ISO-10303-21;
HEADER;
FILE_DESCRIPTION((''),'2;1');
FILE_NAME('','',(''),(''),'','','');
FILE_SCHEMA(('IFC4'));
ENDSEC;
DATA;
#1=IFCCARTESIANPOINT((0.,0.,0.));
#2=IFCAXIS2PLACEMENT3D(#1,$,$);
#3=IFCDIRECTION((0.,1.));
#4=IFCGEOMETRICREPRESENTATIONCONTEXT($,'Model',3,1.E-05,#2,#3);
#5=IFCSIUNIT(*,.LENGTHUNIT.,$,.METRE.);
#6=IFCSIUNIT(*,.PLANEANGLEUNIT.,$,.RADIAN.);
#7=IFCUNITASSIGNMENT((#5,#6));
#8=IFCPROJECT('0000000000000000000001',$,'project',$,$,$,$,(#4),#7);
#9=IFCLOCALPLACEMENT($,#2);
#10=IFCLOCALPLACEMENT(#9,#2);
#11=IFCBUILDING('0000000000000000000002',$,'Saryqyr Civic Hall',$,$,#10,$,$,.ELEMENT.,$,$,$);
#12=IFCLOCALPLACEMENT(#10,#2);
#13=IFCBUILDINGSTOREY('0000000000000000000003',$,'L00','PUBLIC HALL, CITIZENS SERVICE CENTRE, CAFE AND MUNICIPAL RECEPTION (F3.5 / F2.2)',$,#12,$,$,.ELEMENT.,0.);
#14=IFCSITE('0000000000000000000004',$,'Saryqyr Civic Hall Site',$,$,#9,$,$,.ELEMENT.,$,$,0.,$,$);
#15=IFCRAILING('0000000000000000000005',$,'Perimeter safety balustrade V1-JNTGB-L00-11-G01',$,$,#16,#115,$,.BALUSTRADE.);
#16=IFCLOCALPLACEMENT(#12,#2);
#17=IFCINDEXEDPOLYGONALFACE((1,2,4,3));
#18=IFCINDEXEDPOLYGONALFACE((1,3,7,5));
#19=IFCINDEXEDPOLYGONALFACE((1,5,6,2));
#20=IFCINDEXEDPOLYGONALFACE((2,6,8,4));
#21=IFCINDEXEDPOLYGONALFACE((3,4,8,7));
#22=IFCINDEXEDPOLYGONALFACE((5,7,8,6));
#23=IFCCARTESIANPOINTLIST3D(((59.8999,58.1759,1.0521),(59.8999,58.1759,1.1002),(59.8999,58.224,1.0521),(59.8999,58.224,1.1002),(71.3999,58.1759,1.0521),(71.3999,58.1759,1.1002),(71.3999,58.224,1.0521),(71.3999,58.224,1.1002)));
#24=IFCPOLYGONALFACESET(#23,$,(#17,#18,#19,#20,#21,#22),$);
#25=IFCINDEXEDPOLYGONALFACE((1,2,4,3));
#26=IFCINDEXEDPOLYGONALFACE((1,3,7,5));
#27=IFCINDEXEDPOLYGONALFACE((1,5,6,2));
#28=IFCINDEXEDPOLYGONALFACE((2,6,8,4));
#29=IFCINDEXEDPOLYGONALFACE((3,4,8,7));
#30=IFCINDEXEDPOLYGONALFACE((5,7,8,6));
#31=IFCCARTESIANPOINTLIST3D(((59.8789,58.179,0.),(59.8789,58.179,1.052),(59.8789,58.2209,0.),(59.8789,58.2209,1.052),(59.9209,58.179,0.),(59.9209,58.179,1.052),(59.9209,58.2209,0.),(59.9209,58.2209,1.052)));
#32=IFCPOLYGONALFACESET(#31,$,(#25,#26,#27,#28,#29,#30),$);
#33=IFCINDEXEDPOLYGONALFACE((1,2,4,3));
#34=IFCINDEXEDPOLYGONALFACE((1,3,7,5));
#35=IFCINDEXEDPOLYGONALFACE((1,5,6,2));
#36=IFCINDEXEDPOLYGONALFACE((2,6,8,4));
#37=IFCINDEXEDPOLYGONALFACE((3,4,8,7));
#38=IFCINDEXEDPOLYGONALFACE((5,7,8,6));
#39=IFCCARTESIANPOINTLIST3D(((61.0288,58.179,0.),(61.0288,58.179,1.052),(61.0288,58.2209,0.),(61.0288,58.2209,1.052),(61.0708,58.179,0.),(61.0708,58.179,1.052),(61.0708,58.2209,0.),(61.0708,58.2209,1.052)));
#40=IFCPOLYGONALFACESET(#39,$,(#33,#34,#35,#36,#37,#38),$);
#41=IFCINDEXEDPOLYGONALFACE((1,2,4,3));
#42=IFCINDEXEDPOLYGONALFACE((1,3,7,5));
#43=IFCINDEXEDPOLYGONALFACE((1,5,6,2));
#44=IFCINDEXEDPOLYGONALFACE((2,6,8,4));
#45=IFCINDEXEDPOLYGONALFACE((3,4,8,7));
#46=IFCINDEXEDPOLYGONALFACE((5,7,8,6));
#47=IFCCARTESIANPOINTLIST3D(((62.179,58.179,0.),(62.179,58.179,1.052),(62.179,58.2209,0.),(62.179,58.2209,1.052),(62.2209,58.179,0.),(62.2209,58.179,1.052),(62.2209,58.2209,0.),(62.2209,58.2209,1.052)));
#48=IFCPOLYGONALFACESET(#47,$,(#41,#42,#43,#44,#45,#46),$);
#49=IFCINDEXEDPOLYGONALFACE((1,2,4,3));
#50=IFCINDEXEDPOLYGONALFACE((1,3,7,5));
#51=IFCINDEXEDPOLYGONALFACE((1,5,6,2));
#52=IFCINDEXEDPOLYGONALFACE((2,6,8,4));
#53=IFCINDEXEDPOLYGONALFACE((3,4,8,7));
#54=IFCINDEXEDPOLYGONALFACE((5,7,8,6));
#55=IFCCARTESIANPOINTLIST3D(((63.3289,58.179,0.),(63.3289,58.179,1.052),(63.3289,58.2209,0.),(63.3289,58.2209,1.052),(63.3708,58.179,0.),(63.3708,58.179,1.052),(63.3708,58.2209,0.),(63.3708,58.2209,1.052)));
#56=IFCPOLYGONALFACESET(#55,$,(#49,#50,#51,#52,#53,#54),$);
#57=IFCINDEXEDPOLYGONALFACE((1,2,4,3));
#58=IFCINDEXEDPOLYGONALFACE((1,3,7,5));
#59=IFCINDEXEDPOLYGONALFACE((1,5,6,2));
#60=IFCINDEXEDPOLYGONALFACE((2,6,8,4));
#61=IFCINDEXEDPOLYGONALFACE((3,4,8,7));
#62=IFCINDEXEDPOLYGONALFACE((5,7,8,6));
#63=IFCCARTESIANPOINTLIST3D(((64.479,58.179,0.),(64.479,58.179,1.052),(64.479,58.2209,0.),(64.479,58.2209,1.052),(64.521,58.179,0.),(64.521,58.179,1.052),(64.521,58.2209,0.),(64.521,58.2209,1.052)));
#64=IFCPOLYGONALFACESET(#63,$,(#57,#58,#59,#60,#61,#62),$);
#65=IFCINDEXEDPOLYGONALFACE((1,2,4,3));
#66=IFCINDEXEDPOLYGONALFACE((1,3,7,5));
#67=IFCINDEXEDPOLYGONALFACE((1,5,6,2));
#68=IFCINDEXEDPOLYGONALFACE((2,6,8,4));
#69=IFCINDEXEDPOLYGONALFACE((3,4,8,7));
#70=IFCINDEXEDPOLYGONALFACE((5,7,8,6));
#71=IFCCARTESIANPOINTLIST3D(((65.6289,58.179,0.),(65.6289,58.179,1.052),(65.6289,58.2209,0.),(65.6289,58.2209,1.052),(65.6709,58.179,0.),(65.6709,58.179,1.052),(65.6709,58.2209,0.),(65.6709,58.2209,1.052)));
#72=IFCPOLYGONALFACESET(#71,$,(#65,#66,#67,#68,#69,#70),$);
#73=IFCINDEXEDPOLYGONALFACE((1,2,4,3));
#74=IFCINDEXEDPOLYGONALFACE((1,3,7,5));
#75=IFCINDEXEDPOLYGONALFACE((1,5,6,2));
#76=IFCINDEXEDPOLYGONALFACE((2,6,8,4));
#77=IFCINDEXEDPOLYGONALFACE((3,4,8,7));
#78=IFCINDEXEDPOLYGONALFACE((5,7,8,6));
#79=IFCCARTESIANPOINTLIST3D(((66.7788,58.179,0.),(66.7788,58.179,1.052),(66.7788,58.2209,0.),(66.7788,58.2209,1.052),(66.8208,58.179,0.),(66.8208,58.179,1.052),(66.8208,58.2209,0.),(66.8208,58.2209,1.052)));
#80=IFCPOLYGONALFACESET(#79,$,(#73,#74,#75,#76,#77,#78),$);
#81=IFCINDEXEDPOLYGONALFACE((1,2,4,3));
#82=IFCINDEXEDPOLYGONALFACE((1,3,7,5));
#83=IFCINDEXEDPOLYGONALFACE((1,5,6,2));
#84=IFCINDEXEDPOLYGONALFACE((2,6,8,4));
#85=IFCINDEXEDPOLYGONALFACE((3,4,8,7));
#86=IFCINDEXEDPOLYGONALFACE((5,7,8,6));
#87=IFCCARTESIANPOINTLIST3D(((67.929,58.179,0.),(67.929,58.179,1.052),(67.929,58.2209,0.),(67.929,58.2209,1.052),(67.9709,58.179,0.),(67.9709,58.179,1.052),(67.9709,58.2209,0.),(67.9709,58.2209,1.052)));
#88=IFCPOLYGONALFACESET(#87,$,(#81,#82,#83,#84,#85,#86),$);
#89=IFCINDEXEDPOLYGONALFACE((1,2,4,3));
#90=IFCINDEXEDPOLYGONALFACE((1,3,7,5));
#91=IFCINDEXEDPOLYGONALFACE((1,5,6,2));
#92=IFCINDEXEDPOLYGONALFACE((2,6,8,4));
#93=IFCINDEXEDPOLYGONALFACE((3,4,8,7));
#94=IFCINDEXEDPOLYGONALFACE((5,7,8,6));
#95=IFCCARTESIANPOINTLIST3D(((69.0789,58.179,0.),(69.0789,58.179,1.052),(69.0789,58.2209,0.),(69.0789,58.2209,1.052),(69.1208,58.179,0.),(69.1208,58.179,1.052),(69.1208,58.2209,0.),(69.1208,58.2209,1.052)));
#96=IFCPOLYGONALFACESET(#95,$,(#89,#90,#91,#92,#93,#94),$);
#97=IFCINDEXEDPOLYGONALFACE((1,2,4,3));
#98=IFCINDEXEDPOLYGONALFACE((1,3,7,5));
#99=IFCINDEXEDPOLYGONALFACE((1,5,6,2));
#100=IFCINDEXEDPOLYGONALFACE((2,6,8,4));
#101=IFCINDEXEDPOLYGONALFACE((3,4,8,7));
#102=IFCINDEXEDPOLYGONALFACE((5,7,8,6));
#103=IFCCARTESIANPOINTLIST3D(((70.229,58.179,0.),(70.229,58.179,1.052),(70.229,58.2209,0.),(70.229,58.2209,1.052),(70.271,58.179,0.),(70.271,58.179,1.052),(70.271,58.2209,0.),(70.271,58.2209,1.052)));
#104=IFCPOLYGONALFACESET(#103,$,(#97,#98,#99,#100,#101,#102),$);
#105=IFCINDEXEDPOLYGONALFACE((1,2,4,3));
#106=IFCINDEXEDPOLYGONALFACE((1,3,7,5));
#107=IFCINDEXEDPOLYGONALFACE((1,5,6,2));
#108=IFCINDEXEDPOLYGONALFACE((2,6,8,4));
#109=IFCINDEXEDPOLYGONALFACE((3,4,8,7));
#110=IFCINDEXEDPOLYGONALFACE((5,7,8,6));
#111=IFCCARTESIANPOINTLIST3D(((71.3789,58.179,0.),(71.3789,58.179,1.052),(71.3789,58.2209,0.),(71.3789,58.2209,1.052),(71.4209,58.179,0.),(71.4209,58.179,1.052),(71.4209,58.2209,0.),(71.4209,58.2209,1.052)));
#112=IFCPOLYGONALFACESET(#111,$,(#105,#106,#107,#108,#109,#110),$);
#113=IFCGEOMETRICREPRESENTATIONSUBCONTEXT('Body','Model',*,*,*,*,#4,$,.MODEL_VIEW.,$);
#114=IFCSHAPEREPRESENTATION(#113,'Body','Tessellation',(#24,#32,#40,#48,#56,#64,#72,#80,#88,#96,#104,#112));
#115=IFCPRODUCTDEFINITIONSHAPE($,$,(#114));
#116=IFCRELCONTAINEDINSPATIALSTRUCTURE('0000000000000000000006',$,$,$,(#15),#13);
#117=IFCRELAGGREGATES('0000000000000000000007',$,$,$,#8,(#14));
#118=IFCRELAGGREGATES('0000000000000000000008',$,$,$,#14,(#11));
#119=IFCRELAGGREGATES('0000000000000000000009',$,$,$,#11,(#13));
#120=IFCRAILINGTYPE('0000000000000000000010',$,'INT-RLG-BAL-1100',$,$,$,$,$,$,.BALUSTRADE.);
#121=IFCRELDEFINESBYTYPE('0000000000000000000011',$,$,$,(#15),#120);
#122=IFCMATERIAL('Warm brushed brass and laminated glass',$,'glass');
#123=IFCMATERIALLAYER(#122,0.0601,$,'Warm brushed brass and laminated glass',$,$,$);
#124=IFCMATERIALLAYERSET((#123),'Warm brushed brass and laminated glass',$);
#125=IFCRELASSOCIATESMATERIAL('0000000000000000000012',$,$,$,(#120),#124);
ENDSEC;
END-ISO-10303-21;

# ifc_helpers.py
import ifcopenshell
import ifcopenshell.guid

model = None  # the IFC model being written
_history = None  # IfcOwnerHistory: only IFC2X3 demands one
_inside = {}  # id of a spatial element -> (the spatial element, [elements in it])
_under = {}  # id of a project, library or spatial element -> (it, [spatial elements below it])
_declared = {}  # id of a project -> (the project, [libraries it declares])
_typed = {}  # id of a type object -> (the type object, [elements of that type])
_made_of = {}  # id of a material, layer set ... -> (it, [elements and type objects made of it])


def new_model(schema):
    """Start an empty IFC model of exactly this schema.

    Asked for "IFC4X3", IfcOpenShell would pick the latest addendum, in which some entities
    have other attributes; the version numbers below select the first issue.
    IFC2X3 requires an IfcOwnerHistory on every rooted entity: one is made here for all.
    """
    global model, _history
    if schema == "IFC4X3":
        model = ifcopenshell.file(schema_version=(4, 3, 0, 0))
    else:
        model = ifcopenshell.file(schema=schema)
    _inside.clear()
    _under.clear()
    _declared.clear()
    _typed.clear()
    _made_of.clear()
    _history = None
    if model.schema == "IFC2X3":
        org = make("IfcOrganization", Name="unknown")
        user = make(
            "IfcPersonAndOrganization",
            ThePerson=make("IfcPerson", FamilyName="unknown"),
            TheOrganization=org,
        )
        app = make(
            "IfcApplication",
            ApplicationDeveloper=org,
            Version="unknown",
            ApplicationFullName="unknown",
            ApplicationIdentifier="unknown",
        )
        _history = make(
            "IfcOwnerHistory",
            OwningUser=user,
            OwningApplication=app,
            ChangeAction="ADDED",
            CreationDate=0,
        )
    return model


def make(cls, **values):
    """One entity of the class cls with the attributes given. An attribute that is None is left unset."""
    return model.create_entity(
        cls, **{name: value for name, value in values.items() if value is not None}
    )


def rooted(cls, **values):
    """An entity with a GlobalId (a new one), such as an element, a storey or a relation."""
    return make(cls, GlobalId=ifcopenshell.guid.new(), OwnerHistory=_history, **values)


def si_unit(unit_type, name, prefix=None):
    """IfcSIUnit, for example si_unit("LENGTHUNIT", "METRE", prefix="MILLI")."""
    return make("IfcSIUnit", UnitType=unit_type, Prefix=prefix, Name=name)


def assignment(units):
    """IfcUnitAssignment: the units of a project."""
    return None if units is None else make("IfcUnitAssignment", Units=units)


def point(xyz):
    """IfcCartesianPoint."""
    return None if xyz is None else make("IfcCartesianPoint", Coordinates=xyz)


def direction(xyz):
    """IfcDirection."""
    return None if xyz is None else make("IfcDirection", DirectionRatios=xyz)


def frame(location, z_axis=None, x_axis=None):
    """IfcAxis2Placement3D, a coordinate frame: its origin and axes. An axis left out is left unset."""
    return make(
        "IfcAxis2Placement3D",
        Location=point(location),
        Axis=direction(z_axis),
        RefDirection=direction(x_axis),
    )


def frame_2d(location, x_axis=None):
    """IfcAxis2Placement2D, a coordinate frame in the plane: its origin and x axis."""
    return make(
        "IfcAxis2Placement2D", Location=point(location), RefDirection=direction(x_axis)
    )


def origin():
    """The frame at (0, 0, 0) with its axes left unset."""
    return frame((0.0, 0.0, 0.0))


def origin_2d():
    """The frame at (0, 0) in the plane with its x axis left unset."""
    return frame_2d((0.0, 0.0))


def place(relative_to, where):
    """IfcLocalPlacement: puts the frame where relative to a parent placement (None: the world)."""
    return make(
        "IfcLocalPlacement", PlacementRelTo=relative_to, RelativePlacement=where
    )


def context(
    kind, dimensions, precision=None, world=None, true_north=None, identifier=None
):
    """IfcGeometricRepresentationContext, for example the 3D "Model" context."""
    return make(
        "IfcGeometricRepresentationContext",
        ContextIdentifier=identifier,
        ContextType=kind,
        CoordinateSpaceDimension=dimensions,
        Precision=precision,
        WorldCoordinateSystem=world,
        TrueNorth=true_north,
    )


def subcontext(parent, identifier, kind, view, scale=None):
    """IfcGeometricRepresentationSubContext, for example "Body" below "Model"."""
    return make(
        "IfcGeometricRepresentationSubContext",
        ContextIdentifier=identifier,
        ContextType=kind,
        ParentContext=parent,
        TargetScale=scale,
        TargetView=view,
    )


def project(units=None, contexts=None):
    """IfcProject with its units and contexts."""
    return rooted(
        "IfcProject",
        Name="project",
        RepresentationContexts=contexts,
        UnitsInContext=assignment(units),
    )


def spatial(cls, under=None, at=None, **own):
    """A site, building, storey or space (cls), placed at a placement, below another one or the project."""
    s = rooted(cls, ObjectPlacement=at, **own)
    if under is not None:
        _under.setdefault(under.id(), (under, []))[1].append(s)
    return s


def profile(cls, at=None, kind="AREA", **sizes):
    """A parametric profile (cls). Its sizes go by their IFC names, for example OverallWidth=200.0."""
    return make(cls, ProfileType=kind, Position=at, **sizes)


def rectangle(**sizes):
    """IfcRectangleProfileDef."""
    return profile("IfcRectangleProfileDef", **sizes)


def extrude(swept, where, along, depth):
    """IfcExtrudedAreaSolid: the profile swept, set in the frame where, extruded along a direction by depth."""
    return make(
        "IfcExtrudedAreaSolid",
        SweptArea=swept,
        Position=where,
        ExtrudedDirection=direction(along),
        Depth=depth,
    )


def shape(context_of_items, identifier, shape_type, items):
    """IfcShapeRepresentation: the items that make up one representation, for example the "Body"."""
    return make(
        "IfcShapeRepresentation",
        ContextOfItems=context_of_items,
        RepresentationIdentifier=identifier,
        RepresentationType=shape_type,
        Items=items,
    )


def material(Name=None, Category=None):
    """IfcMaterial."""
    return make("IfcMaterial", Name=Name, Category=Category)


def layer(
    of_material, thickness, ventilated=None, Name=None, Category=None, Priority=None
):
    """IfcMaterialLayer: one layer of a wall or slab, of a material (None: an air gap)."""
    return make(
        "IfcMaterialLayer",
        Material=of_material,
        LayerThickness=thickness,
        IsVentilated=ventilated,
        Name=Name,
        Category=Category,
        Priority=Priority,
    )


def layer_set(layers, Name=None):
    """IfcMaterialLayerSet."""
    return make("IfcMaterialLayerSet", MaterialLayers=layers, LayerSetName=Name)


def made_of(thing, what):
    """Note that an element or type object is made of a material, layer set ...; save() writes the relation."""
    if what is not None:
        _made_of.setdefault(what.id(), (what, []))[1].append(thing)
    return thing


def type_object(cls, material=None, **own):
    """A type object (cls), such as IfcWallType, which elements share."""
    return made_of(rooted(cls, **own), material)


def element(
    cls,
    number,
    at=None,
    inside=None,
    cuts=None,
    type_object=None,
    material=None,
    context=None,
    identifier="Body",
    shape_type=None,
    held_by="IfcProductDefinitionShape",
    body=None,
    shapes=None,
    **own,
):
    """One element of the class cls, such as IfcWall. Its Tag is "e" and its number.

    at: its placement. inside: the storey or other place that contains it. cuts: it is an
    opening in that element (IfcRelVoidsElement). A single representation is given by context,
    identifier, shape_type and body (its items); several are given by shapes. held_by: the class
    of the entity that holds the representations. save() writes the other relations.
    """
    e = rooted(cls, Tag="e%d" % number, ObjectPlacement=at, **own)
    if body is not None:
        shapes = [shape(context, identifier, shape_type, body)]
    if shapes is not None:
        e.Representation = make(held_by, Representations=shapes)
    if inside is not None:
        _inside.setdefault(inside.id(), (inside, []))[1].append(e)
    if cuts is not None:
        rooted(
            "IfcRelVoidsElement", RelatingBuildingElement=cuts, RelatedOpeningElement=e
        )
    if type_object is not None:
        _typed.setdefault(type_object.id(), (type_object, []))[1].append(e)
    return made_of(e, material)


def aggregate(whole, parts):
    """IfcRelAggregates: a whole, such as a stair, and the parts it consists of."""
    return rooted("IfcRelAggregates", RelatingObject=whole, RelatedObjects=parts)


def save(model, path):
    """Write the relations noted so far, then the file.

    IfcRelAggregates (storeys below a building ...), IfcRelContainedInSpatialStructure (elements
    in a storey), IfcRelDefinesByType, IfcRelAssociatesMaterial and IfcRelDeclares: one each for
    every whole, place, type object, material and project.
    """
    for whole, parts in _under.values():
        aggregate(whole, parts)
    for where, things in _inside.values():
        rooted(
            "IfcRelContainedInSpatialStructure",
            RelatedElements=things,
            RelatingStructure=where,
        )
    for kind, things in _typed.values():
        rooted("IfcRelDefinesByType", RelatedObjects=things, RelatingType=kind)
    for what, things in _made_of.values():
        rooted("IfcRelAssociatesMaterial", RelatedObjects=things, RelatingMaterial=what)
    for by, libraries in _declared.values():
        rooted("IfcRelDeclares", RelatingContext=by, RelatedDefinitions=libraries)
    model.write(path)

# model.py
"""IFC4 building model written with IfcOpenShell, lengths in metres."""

from ifc_helpers import new_model, si_unit, direction, frame, origin, origin_2d, place, context, subcontext, project, spatial, rectangle, extrude, material, layer, layer_set, type_object, element, save


model = new_model("IFC4")

# Units and contexts
model_context = context("Model", 3, precision=1e-05, world=origin(), true_north=direction((0.0, 1.0)))
body_context = subcontext(model_context, "Body", "Model", "MODEL_VIEW")
ifc_project = project(units=[si_unit("LENGTHUNIT", "METRE"), si_unit("PLANEANGLEUNIT", "RADIAN")], contexts=[model_context])

# Site, building, storey
site_placement = place(None, origin())
site = spatial("IfcSite", under=ifc_project, at=site_placement, Name="Saryqyr Civic Hall Site", CompositionType="ELEMENT", RefElevation=0.0)
building_placement = place(site_placement, origin())
building = spatial("IfcBuilding", under=site, at=building_placement, Name="Saryqyr Civic Hall", CompositionType="ELEMENT")
storey_placement = place(building_placement, origin())
storey = spatial("IfcBuildingStorey", under=building, at=storey_placement, Name="L00", Description="PUBLIC HALL, CITIZENS SERVICE CENTRE, CAFE AND MUNICIPAL RECEPTION (F3.5 / F2.2)", CompositionType="ELEMENT", Elevation=0.0)

# Railing
ifc_material_1 = material(Name="Warm brushed brass and laminated glass", Category="glass")
ifc_layer_1 = layer(ifc_material_1, 0.0601, Name="Warm brushed brass and laminated glass")
ifc_layer_set_1 = layer_set([ifc_layer_1], Name="Warm brushed brass and laminated glass")
railing_type = type_object("IfcRailingType", Name="INT-RLG-BAL-1100", PredefinedType="BALUSTRADE", material=ifc_layer_set_1)
railing_placement = place(storey_placement, frame((59.8999, 58.2, 0.0)))
element("IfcRailing", 1, at=railing_placement, inside=storey, type_object=railing_type, Name="Perimeter safety balustrade V1-JNTGB-L00-11-G01", PredefinedType="BALUSTRADE", context=body_context, shape_type="SweptSolid", body=[
    extrude(rectangle(XDim=0.0481, YDim=0.0481, at=origin_2d()), frame((0.0, 0.0, 1.0762), z_axis=(1.0, 0.0, 0.0), x_axis=(0.0, 1.0, 0.0)), (0.0, 0.0, 1.0), 11.5),
    extrude(rectangle(XDim=0.042, YDim=0.042, at=origin_2d()), origin(), (0.0, 0.0, 1.0), 1.052),
    extrude(rectangle(XDim=0.042, YDim=0.042, at=origin_2d()), frame((1.1499, 0.0, 0.0)), (0.0, 0.0, 1.0), 1.052),
    extrude(rectangle(XDim=0.042, YDim=0.042, at=origin_2d()), frame((2.3, 0.0, 0.0)), (0.0, 0.0, 1.0), 1.052),
    extrude(rectangle(XDim=0.042, YDim=0.042, at=origin_2d()), frame((3.45, 0.0, 0.0)), (0.0, 0.0, 1.0), 1.052),
    extrude(rectangle(XDim=0.042, YDim=0.042, at=origin_2d()), frame((4.6001, 0.0, 0.0)), (0.0, 0.0, 1.0), 1.052),
    extrude(rectangle(XDim=0.042, YDim=0.042, at=origin_2d()), frame((5.75, 0.0, 0.0)), (0.0, 0.0, 1.0), 1.052),
    extrude(rectangle(XDim=0.042, YDim=0.042, at=origin_2d()), frame((6.8999, 0.0, 0.0)), (0.0, 0.0, 1.0), 1.052),
    extrude(rectangle(XDim=0.042, YDim=0.042, at=origin_2d()), frame((8.05, 0.0, 0.0)), (0.0, 0.0, 1.0), 1.052),
    extrude(rectangle(XDim=0.042, YDim=0.042, at=origin_2d()), frame((9.2, 0.0, 0.0)), (0.0, 0.0, 1.0), 1.052),
    extrude(rectangle(XDim=0.042, YDim=0.042, at=origin_2d()), frame((10.3501, 0.0, 0.0)), (0.0, 0.0, 1.0), 1.052),
    extrude(rectangle(XDim=0.042, YDim=0.042, at=origin_2d()), frame((11.5, 0.0, 0.0)), (0.0, 0.0, 1.0), 1.052),
])

save(model, "model.ifc")
